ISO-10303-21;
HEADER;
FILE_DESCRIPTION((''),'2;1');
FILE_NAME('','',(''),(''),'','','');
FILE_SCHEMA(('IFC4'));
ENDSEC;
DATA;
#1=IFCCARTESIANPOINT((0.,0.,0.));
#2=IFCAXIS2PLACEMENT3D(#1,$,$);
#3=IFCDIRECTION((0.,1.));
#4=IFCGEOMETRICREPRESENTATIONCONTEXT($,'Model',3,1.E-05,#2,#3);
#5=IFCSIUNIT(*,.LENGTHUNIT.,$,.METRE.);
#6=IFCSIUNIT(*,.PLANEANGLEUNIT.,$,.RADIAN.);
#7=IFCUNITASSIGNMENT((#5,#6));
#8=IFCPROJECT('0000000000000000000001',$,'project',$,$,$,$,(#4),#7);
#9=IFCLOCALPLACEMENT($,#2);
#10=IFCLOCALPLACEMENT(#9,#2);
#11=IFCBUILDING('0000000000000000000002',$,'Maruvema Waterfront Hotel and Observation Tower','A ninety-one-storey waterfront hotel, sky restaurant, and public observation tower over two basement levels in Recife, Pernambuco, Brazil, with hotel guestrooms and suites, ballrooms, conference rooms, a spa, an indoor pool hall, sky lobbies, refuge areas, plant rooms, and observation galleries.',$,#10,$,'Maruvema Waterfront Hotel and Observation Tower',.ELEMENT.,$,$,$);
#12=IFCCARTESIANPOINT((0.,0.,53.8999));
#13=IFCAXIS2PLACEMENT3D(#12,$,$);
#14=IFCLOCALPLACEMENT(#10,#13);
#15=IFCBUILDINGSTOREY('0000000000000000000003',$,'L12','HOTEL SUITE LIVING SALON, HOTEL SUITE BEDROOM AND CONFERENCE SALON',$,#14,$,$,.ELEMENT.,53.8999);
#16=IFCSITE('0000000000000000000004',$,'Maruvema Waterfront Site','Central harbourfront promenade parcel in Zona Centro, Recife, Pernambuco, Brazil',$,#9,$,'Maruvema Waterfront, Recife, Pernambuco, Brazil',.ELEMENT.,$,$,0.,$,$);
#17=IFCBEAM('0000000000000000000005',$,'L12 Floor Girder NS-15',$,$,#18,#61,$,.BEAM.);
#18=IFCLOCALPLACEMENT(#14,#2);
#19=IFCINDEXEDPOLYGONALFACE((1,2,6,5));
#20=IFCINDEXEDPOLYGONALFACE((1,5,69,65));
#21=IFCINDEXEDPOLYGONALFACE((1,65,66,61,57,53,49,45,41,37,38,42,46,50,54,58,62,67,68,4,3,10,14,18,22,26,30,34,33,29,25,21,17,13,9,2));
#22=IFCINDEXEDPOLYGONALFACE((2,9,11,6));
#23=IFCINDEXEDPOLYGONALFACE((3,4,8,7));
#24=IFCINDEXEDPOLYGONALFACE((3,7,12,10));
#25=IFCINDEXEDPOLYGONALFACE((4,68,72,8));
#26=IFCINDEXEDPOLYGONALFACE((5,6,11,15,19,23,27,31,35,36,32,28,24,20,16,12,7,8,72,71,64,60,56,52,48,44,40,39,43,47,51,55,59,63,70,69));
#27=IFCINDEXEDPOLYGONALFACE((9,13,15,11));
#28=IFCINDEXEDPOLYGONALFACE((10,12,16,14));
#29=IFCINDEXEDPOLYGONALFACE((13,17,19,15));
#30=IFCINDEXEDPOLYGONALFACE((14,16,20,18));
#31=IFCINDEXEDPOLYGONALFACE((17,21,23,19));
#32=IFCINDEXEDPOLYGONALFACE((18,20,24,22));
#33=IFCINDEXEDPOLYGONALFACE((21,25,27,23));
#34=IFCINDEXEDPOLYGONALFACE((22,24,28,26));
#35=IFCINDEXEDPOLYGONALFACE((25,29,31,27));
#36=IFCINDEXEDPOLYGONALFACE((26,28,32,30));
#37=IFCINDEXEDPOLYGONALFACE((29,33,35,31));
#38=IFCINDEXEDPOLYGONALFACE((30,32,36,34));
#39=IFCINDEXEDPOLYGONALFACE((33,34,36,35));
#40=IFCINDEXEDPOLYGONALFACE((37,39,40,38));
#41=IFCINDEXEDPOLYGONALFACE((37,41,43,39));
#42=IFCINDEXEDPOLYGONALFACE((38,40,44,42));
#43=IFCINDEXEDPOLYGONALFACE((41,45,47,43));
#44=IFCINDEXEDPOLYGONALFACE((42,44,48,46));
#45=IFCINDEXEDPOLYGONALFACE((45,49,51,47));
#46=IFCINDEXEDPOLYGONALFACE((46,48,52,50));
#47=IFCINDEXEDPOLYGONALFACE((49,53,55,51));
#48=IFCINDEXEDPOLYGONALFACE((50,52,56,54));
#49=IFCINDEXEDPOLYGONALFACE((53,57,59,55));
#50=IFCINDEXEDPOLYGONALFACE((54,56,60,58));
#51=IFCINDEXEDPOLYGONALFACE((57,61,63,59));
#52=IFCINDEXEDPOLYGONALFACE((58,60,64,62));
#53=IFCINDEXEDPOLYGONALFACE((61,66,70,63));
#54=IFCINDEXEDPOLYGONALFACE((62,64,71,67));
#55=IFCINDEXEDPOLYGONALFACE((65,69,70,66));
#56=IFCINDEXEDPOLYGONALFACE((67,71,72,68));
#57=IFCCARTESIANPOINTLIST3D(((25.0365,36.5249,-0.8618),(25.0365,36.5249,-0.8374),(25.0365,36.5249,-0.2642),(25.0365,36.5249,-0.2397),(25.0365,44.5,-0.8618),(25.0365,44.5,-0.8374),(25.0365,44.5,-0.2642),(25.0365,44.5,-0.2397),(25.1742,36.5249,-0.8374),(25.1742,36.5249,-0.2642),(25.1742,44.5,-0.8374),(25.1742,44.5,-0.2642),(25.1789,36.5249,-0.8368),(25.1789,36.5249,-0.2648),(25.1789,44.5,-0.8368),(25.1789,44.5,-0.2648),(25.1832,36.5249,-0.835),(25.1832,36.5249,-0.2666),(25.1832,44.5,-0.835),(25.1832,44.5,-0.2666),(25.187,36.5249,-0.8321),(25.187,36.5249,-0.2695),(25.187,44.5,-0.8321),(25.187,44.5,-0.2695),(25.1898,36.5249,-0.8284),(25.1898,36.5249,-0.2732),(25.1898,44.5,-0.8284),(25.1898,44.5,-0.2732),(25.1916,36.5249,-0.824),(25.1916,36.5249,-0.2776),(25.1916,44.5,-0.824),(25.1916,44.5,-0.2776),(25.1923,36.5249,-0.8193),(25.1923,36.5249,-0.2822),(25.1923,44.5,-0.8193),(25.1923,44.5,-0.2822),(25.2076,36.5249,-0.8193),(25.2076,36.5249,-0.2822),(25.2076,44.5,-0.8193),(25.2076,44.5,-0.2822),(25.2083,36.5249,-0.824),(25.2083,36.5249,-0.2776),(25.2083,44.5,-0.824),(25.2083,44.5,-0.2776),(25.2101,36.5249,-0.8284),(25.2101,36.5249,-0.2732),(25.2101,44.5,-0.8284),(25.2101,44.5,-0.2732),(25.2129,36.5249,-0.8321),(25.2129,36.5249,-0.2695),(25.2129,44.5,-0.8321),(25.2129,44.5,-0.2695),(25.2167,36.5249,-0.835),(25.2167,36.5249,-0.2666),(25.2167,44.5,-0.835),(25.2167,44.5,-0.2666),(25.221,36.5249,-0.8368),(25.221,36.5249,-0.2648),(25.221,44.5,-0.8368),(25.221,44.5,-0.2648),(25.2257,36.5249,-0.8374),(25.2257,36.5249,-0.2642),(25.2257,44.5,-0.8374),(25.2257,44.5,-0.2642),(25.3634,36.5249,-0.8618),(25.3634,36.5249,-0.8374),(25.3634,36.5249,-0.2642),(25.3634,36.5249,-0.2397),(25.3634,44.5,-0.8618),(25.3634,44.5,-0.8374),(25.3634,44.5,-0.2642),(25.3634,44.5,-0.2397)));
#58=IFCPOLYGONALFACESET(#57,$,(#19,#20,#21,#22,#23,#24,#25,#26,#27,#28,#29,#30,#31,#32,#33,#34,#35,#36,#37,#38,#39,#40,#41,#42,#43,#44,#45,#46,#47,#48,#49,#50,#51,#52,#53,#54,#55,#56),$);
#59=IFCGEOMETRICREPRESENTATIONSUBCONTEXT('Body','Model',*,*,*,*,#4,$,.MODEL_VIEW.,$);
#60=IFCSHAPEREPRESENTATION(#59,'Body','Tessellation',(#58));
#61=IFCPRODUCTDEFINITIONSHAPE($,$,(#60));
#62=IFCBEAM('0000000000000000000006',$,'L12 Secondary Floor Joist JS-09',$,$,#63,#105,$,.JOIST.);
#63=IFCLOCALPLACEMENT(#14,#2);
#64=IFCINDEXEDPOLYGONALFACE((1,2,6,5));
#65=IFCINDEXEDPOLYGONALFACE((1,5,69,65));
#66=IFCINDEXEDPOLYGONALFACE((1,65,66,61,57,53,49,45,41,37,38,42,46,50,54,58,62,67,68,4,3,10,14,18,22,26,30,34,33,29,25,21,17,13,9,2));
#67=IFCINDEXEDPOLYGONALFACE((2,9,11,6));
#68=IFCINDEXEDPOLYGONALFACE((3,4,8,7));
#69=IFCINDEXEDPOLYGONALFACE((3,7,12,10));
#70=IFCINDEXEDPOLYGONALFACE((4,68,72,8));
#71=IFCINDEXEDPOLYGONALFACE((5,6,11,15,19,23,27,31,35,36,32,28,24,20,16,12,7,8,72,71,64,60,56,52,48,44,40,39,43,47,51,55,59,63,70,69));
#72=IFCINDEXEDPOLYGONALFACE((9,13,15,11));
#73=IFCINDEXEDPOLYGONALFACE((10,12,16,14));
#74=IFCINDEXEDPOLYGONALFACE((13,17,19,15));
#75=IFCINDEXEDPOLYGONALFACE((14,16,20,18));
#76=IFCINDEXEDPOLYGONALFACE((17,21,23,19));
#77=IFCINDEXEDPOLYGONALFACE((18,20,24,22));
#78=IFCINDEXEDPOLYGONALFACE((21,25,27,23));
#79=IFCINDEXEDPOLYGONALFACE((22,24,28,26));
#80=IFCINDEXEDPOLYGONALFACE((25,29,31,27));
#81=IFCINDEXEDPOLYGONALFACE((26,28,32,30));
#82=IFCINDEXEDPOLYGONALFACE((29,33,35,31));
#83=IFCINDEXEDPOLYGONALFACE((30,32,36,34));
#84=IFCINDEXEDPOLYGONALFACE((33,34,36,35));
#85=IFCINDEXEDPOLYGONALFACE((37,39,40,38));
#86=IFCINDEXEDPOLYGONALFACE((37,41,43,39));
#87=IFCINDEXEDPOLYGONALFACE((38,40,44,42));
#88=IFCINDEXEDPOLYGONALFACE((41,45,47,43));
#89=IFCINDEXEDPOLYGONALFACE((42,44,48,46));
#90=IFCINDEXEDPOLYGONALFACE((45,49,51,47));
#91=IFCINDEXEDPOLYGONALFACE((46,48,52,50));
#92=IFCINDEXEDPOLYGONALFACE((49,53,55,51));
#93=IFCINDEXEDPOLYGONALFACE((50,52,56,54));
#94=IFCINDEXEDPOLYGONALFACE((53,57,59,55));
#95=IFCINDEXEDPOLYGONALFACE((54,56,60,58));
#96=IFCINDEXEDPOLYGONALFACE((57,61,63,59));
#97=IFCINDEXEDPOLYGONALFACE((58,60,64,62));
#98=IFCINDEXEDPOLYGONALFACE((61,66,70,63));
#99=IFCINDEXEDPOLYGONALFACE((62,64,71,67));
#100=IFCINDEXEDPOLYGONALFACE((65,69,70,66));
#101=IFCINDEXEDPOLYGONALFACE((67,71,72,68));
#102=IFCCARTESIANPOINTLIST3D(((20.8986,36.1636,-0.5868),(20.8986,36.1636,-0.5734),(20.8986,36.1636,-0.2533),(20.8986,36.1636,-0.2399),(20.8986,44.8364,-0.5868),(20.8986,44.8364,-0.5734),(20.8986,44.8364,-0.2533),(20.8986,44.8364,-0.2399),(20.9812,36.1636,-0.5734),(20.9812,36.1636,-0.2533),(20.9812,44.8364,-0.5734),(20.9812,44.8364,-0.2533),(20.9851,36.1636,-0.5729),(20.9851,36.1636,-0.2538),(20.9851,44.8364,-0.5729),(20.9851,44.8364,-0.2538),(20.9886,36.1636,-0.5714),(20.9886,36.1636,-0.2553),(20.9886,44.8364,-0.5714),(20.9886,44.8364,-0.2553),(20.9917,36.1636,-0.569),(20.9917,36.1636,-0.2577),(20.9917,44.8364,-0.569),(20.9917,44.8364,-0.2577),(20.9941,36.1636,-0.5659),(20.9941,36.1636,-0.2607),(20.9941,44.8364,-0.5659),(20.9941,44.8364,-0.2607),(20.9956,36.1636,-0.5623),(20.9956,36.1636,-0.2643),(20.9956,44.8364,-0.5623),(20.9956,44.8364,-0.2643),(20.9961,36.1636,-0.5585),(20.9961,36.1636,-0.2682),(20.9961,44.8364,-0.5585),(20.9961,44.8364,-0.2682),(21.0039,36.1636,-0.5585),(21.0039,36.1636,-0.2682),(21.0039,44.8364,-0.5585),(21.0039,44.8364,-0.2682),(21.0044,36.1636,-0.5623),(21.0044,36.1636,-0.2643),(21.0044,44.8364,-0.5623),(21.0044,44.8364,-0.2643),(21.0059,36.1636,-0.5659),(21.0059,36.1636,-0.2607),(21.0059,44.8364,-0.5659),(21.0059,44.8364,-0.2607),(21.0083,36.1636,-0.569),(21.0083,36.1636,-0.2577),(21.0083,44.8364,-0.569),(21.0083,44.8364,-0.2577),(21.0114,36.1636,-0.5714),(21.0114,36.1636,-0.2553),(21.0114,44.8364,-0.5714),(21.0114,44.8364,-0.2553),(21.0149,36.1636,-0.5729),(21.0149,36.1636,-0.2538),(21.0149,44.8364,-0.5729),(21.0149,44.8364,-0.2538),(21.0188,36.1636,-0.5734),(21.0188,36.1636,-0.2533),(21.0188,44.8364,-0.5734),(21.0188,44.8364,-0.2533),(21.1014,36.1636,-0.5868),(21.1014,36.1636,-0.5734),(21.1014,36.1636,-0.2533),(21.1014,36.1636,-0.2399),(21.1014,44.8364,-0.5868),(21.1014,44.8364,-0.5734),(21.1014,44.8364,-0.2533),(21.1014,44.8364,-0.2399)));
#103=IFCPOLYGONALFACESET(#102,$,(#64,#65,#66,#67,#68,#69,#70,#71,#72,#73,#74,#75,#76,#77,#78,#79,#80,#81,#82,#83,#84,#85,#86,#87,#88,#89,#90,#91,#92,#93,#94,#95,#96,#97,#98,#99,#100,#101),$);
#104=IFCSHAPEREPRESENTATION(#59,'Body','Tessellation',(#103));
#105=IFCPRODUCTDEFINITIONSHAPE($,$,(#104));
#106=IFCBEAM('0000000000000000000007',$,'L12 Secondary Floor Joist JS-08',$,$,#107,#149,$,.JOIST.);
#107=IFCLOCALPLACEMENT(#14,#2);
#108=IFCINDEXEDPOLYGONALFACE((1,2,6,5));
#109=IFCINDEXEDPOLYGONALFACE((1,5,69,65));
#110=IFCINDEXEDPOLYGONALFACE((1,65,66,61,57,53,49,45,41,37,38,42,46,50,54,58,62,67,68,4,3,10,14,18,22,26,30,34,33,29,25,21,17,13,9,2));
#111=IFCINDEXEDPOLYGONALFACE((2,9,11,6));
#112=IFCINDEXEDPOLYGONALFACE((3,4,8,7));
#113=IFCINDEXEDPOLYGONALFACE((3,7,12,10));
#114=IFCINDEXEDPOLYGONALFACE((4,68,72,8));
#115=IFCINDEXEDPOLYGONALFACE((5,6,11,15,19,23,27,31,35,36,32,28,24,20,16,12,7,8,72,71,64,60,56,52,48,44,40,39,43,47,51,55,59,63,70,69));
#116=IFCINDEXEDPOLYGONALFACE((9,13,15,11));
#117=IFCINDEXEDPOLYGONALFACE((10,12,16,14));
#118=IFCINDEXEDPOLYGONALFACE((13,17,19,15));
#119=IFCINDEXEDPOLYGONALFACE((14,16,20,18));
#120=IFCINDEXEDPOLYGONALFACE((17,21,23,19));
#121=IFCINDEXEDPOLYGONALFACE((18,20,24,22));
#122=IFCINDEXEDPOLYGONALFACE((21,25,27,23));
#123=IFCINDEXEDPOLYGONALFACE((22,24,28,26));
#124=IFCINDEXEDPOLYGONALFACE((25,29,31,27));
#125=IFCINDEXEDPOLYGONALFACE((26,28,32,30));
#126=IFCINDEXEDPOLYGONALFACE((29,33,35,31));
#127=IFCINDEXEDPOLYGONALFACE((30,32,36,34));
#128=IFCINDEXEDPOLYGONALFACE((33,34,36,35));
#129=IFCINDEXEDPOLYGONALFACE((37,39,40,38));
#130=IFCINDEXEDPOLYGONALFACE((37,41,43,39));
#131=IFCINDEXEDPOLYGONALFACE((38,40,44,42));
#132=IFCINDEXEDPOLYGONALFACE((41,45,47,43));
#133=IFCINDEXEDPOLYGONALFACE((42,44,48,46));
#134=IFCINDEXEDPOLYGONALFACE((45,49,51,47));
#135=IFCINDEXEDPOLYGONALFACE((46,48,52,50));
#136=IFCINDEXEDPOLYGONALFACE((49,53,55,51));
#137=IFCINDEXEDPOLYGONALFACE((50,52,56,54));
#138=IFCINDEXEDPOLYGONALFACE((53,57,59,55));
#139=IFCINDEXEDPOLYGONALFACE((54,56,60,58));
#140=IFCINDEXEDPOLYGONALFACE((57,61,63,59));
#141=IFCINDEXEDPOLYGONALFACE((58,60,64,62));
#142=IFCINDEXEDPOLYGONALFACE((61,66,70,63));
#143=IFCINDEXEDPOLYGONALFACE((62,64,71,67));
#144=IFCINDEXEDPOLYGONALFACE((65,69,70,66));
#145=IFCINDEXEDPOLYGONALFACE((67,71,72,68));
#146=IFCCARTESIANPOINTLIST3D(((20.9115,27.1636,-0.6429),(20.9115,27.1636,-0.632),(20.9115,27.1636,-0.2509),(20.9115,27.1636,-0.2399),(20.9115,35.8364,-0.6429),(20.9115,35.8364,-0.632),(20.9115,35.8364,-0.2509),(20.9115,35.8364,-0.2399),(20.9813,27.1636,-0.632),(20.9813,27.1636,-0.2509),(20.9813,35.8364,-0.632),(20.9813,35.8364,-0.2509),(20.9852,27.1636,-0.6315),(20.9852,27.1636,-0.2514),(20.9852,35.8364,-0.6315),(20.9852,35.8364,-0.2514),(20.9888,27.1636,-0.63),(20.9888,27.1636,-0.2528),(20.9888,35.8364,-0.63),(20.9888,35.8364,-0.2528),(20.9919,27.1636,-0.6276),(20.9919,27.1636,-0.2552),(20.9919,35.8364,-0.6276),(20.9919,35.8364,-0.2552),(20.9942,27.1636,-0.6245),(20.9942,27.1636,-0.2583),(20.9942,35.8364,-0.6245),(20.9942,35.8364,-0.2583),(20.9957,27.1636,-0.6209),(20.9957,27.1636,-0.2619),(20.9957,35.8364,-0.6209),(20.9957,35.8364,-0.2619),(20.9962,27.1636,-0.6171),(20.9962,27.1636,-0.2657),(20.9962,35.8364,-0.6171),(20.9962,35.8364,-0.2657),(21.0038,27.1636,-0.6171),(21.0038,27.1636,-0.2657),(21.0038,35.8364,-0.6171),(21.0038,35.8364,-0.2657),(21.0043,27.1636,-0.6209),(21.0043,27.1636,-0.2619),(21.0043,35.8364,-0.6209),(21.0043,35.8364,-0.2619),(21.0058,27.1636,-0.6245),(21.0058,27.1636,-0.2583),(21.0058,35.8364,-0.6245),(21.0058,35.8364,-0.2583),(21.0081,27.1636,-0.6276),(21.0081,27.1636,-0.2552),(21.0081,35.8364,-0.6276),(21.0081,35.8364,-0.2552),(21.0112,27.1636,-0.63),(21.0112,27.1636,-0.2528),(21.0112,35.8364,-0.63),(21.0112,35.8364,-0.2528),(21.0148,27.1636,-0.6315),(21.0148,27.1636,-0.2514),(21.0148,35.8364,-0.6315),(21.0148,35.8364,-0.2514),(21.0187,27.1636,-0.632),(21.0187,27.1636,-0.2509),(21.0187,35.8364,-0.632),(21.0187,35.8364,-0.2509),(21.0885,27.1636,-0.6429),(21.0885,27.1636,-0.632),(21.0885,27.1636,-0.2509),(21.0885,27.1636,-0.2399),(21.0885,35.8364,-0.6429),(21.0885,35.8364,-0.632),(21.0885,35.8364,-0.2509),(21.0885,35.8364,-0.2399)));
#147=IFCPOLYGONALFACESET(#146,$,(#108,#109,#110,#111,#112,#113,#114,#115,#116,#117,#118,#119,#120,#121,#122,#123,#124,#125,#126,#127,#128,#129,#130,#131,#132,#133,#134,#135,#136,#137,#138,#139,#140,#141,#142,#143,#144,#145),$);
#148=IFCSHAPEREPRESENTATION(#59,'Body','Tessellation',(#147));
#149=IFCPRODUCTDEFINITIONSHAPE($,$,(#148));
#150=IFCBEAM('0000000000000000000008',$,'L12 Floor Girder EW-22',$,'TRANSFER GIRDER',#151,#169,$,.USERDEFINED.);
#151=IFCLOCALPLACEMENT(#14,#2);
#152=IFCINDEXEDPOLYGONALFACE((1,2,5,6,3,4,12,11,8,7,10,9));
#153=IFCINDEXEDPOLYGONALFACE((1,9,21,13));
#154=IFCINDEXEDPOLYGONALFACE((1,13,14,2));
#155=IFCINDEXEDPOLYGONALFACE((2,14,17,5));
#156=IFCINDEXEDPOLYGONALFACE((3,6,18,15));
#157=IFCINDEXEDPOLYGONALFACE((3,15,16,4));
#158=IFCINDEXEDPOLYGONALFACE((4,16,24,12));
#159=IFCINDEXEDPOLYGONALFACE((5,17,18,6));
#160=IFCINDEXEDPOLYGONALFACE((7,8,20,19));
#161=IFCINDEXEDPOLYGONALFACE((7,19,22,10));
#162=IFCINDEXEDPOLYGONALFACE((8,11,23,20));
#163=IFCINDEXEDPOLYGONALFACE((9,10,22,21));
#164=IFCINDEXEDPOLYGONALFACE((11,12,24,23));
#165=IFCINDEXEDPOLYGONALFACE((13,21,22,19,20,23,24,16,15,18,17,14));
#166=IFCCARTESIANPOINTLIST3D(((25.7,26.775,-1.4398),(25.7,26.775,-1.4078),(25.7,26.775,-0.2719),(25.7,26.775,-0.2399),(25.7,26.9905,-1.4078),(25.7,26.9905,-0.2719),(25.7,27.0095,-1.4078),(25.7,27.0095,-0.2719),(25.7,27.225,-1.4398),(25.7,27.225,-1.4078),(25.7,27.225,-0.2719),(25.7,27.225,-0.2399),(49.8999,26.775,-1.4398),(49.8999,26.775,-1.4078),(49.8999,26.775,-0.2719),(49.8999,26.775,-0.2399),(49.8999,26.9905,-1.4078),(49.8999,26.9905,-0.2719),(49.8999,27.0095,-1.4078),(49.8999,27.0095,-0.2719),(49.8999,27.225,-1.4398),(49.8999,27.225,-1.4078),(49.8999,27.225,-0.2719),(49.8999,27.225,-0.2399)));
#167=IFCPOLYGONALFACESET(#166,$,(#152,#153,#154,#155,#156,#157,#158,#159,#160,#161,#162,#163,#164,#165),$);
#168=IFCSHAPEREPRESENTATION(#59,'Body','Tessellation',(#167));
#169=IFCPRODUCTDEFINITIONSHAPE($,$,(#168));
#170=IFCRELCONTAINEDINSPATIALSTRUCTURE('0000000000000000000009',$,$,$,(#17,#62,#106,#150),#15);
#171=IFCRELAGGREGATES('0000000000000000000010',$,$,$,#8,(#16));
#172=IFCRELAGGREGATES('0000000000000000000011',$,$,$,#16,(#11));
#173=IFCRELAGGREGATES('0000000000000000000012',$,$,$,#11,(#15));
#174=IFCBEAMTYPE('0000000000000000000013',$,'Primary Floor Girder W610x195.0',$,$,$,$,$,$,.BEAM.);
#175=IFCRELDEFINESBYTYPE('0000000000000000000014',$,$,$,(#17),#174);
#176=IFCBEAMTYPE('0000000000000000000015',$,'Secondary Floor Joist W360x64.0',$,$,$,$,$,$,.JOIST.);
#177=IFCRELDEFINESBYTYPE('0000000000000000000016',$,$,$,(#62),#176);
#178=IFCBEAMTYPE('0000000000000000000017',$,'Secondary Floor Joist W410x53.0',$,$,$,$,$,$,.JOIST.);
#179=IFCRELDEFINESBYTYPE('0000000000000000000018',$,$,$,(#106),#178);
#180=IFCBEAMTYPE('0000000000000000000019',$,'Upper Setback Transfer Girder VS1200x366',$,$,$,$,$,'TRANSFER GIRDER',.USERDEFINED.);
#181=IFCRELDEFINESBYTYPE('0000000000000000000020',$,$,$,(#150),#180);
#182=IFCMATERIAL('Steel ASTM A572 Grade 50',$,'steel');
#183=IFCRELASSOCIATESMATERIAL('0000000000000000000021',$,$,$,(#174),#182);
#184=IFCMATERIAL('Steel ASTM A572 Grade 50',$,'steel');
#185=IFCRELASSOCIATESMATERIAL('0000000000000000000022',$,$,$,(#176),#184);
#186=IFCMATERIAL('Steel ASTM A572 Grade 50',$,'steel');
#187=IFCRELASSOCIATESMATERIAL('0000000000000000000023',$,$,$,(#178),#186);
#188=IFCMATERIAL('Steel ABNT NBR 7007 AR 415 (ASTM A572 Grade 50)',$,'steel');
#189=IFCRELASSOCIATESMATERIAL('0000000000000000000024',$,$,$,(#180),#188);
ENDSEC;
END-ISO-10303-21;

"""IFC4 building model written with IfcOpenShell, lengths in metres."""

from ifc_helpers import new_model, si_unit, direction, frame, origin, origin_2d, place, context, subcontext, project, spatial, i_section, extrude, material, material_profile, profile_set, type_object, element, save


model = new_model("IFC4")

# Units and contexts
model_context = context("Model", 3, precision=1e-05, world=origin(), true_north=direction((0.0, 1.0)))
body_context = subcontext(model_context, "Body", "Model", "MODEL_VIEW")
ifc_project = project(units=[si_unit("LENGTHUNIT", "METRE"), si_unit("PLANEANGLEUNIT", "RADIAN")], contexts=[model_context])

# Site, building, storey
site_placement = place(None, origin())
site = spatial("IfcSite", under=ifc_project, at=site_placement, Name="Maruvema Waterfront Site", Description="Central harbourfront promenade parcel in Zona Centro, Recife, Pernambuco, Brazil", LongName="Maruvema Waterfront, Recife, Pernambuco, Brazil", CompositionType="ELEMENT", RefElevation=0.0)
building_placement = place(site_placement, origin())
building = spatial("IfcBuilding", under=site, at=building_placement, Name="Maruvema Waterfront Hotel and Observation Tower", Description="A ninety-one-storey waterfront hotel, sky restaurant, and public observation tower over two basement levels in Recife, Pernambuco, Brazil, with hotel guestrooms and suites, ballrooms, conference rooms, a spa, an indoor pool hall, sky lobbies, refuge areas, plant rooms, and observation galleries.", LongName="Maruvema Waterfront Hotel and Observation Tower", CompositionType="ELEMENT")
storey_placement = place(building_placement, frame((0.0, 0.0, 53.8999)))
storey = spatial("IfcBuildingStorey", under=building, at=storey_placement, Name="L12", Description="HOTEL SUITE LIVING SALON, HOTEL SUITE BEDROOM AND CONFERENCE SALON", CompositionType="ELEMENT", Elevation=53.8999)

# Beams
ifc_material_1 = material(Name="Steel ASTM A572 Grade 50", Category="steel")
ifc_material_profile_1 = material_profile(ifc_material_1, i_section(OverallWidth=0.3269, OverallDepth=0.6221, WebThickness=0.0154, FlangeThickness=0.0244, FilletRadius=0.0181, at=origin_2d()), Name="W610x195.0")
ifc_profile_set_1 = profile_set([ifc_material_profile_1], Name="Steel ASTM A572 Grade 50")
beam_type_1 = type_object("IfcBeamType", Name="Primary Floor Girder W610x195.0", PredefinedType="BEAM", material=ifc_profile_set_1)
for number, where, z_axis, x_axis, name in (
    (1, (25.2, 36.5249, -0.5508), (0.0, 1.0, 0.0), (-1.0, 0.0, 0.0), "L12 Floor Girder NS-15"),
):
    element("IfcBeam", number, at=place(storey_placement, frame(where, z_axis=z_axis, x_axis=x_axis)), inside=storey, type_object=beam_type_1, Name=name, PredefinedType="BEAM", context=body_context, shape_type="SweptSolid", body=[
        extrude(i_section(OverallWidth=0.3269, OverallDepth=0.6221, WebThickness=0.0154, FlangeThickness=0.0244, FilletRadius=0.0181, at=origin_2d()), origin(), (0.0, 0.0, 1.0), 7.9751),
    ])
ifc_material_2 = material(Name="Steel ASTM A572 Grade 50", Category="steel")
ifc_material_profile_2 = material_profile(ifc_material_2, i_section(OverallWidth=0.2029, OverallDepth=0.3469, WebThickness=0.0078, FlangeThickness=0.0134, FilletRadius=0.0149, at=origin_2d()), Name="W360x64.0")
ifc_profile_set_2 = profile_set([ifc_material_profile_2], Name="Steel ASTM A572 Grade 50")
beam_type_2 = type_object("IfcBeamType", Name="Secondary Floor Joist W360x64.0", PredefinedType="JOIST", material=ifc_profile_set_2)
beam_1_placement = place(storey_placement, frame((21.0, 36.1636, -0.4133), z_axis=(0.0, 1.0, 0.0), x_axis=(-1.0, 0.0, 0.0)))
element("IfcBeam", 2, at=beam_1_placement, inside=storey, type_object=beam_type_2, Name="L12 Secondary Floor Joist JS-09", PredefinedType="JOIST", context=body_context, shape_type="SweptSolid", body=[
    extrude(i_section(OverallWidth=0.2029, OverallDepth=0.3469, WebThickness=0.0078, FlangeThickness=0.0134, FilletRadius=0.0149, at=origin_2d()), origin(), (0.0, 0.0, 1.0), 8.6729),
])
ifc_material_3 = material(Name="Steel ASTM A572 Grade 50", Category="steel")
ifc_material_profile_3 = material_profile(ifc_material_3, i_section(OverallWidth=0.177, OverallDepth=0.4031, WebThickness=0.0076, FlangeThickness=0.011, FilletRadius=0.0149, at=origin_2d()), Name="W410x53.0")
ifc_profile_set_3 = profile_set([ifc_material_profile_3], Name="Steel ASTM A572 Grade 50")
beam_type_3 = type_object("IfcBeamType", Name="Secondary Floor Joist W410x53.0", PredefinedType="JOIST", material=ifc_profile_set_3)
beam_2_placement = place(storey_placement, frame((21.0, 27.1636, -0.4414), z_axis=(0.0, 1.0, 0.0), x_axis=(-1.0, 0.0, 0.0)))
element("IfcBeam", 3, at=beam_2_placement, inside=storey, type_object=beam_type_3, Name="L12 Secondary Floor Joist JS-08", PredefinedType="JOIST", context=body_context, shape_type="SweptSolid", body=[
    extrude(i_section(OverallWidth=0.177, OverallDepth=0.4031, WebThickness=0.0076, FlangeThickness=0.011, FilletRadius=0.0149, at=origin_2d()), origin(), (0.0, 0.0, 1.0), 8.6729),
])
ifc_material_4 = material(Name="Steel ABNT NBR 7007 AR 415 (ASTM A572 Grade 50)", Category="steel")
ifc_material_profile_4 = material_profile(ifc_material_4, i_section(OverallWidth=0.45, OverallDepth=1.2, WebThickness=0.019, FlangeThickness=0.032, at=origin_2d()), Name="VS1200x366")
ifc_profile_set_4 = profile_set([ifc_material_profile_4], Name="Steel ABNT NBR 7007 AR 415 (ASTM A572 Grade 50)")
beam_type_4 = type_object("IfcBeamType", Name="Upper Setback Transfer Girder VS1200x366", ElementType="TRANSFER GIRDER", PredefinedType="USERDEFINED", material=ifc_profile_set_4)
beam_3_placement = place(storey_placement, frame((25.7, 27.0, -0.8398), z_axis=(1.0, 0.0, 0.0), x_axis=(0.0, 1.0, 0.0)))
element("IfcBeam", 4, at=beam_3_placement, inside=storey, type_object=beam_type_4, Name="L12 Floor Girder EW-22", ObjectType="TRANSFER GIRDER", PredefinedType="USERDEFINED", context=body_context, shape_type="SweptSolid", body=[
    extrude(i_section(OverallWidth=0.45, OverallDepth=1.2, WebThickness=0.019, FlangeThickness=0.032, at=origin_2d()), origin(), (0.0, 0.0, 1.0), 24.2),
])

save(model, "model.ifc")
